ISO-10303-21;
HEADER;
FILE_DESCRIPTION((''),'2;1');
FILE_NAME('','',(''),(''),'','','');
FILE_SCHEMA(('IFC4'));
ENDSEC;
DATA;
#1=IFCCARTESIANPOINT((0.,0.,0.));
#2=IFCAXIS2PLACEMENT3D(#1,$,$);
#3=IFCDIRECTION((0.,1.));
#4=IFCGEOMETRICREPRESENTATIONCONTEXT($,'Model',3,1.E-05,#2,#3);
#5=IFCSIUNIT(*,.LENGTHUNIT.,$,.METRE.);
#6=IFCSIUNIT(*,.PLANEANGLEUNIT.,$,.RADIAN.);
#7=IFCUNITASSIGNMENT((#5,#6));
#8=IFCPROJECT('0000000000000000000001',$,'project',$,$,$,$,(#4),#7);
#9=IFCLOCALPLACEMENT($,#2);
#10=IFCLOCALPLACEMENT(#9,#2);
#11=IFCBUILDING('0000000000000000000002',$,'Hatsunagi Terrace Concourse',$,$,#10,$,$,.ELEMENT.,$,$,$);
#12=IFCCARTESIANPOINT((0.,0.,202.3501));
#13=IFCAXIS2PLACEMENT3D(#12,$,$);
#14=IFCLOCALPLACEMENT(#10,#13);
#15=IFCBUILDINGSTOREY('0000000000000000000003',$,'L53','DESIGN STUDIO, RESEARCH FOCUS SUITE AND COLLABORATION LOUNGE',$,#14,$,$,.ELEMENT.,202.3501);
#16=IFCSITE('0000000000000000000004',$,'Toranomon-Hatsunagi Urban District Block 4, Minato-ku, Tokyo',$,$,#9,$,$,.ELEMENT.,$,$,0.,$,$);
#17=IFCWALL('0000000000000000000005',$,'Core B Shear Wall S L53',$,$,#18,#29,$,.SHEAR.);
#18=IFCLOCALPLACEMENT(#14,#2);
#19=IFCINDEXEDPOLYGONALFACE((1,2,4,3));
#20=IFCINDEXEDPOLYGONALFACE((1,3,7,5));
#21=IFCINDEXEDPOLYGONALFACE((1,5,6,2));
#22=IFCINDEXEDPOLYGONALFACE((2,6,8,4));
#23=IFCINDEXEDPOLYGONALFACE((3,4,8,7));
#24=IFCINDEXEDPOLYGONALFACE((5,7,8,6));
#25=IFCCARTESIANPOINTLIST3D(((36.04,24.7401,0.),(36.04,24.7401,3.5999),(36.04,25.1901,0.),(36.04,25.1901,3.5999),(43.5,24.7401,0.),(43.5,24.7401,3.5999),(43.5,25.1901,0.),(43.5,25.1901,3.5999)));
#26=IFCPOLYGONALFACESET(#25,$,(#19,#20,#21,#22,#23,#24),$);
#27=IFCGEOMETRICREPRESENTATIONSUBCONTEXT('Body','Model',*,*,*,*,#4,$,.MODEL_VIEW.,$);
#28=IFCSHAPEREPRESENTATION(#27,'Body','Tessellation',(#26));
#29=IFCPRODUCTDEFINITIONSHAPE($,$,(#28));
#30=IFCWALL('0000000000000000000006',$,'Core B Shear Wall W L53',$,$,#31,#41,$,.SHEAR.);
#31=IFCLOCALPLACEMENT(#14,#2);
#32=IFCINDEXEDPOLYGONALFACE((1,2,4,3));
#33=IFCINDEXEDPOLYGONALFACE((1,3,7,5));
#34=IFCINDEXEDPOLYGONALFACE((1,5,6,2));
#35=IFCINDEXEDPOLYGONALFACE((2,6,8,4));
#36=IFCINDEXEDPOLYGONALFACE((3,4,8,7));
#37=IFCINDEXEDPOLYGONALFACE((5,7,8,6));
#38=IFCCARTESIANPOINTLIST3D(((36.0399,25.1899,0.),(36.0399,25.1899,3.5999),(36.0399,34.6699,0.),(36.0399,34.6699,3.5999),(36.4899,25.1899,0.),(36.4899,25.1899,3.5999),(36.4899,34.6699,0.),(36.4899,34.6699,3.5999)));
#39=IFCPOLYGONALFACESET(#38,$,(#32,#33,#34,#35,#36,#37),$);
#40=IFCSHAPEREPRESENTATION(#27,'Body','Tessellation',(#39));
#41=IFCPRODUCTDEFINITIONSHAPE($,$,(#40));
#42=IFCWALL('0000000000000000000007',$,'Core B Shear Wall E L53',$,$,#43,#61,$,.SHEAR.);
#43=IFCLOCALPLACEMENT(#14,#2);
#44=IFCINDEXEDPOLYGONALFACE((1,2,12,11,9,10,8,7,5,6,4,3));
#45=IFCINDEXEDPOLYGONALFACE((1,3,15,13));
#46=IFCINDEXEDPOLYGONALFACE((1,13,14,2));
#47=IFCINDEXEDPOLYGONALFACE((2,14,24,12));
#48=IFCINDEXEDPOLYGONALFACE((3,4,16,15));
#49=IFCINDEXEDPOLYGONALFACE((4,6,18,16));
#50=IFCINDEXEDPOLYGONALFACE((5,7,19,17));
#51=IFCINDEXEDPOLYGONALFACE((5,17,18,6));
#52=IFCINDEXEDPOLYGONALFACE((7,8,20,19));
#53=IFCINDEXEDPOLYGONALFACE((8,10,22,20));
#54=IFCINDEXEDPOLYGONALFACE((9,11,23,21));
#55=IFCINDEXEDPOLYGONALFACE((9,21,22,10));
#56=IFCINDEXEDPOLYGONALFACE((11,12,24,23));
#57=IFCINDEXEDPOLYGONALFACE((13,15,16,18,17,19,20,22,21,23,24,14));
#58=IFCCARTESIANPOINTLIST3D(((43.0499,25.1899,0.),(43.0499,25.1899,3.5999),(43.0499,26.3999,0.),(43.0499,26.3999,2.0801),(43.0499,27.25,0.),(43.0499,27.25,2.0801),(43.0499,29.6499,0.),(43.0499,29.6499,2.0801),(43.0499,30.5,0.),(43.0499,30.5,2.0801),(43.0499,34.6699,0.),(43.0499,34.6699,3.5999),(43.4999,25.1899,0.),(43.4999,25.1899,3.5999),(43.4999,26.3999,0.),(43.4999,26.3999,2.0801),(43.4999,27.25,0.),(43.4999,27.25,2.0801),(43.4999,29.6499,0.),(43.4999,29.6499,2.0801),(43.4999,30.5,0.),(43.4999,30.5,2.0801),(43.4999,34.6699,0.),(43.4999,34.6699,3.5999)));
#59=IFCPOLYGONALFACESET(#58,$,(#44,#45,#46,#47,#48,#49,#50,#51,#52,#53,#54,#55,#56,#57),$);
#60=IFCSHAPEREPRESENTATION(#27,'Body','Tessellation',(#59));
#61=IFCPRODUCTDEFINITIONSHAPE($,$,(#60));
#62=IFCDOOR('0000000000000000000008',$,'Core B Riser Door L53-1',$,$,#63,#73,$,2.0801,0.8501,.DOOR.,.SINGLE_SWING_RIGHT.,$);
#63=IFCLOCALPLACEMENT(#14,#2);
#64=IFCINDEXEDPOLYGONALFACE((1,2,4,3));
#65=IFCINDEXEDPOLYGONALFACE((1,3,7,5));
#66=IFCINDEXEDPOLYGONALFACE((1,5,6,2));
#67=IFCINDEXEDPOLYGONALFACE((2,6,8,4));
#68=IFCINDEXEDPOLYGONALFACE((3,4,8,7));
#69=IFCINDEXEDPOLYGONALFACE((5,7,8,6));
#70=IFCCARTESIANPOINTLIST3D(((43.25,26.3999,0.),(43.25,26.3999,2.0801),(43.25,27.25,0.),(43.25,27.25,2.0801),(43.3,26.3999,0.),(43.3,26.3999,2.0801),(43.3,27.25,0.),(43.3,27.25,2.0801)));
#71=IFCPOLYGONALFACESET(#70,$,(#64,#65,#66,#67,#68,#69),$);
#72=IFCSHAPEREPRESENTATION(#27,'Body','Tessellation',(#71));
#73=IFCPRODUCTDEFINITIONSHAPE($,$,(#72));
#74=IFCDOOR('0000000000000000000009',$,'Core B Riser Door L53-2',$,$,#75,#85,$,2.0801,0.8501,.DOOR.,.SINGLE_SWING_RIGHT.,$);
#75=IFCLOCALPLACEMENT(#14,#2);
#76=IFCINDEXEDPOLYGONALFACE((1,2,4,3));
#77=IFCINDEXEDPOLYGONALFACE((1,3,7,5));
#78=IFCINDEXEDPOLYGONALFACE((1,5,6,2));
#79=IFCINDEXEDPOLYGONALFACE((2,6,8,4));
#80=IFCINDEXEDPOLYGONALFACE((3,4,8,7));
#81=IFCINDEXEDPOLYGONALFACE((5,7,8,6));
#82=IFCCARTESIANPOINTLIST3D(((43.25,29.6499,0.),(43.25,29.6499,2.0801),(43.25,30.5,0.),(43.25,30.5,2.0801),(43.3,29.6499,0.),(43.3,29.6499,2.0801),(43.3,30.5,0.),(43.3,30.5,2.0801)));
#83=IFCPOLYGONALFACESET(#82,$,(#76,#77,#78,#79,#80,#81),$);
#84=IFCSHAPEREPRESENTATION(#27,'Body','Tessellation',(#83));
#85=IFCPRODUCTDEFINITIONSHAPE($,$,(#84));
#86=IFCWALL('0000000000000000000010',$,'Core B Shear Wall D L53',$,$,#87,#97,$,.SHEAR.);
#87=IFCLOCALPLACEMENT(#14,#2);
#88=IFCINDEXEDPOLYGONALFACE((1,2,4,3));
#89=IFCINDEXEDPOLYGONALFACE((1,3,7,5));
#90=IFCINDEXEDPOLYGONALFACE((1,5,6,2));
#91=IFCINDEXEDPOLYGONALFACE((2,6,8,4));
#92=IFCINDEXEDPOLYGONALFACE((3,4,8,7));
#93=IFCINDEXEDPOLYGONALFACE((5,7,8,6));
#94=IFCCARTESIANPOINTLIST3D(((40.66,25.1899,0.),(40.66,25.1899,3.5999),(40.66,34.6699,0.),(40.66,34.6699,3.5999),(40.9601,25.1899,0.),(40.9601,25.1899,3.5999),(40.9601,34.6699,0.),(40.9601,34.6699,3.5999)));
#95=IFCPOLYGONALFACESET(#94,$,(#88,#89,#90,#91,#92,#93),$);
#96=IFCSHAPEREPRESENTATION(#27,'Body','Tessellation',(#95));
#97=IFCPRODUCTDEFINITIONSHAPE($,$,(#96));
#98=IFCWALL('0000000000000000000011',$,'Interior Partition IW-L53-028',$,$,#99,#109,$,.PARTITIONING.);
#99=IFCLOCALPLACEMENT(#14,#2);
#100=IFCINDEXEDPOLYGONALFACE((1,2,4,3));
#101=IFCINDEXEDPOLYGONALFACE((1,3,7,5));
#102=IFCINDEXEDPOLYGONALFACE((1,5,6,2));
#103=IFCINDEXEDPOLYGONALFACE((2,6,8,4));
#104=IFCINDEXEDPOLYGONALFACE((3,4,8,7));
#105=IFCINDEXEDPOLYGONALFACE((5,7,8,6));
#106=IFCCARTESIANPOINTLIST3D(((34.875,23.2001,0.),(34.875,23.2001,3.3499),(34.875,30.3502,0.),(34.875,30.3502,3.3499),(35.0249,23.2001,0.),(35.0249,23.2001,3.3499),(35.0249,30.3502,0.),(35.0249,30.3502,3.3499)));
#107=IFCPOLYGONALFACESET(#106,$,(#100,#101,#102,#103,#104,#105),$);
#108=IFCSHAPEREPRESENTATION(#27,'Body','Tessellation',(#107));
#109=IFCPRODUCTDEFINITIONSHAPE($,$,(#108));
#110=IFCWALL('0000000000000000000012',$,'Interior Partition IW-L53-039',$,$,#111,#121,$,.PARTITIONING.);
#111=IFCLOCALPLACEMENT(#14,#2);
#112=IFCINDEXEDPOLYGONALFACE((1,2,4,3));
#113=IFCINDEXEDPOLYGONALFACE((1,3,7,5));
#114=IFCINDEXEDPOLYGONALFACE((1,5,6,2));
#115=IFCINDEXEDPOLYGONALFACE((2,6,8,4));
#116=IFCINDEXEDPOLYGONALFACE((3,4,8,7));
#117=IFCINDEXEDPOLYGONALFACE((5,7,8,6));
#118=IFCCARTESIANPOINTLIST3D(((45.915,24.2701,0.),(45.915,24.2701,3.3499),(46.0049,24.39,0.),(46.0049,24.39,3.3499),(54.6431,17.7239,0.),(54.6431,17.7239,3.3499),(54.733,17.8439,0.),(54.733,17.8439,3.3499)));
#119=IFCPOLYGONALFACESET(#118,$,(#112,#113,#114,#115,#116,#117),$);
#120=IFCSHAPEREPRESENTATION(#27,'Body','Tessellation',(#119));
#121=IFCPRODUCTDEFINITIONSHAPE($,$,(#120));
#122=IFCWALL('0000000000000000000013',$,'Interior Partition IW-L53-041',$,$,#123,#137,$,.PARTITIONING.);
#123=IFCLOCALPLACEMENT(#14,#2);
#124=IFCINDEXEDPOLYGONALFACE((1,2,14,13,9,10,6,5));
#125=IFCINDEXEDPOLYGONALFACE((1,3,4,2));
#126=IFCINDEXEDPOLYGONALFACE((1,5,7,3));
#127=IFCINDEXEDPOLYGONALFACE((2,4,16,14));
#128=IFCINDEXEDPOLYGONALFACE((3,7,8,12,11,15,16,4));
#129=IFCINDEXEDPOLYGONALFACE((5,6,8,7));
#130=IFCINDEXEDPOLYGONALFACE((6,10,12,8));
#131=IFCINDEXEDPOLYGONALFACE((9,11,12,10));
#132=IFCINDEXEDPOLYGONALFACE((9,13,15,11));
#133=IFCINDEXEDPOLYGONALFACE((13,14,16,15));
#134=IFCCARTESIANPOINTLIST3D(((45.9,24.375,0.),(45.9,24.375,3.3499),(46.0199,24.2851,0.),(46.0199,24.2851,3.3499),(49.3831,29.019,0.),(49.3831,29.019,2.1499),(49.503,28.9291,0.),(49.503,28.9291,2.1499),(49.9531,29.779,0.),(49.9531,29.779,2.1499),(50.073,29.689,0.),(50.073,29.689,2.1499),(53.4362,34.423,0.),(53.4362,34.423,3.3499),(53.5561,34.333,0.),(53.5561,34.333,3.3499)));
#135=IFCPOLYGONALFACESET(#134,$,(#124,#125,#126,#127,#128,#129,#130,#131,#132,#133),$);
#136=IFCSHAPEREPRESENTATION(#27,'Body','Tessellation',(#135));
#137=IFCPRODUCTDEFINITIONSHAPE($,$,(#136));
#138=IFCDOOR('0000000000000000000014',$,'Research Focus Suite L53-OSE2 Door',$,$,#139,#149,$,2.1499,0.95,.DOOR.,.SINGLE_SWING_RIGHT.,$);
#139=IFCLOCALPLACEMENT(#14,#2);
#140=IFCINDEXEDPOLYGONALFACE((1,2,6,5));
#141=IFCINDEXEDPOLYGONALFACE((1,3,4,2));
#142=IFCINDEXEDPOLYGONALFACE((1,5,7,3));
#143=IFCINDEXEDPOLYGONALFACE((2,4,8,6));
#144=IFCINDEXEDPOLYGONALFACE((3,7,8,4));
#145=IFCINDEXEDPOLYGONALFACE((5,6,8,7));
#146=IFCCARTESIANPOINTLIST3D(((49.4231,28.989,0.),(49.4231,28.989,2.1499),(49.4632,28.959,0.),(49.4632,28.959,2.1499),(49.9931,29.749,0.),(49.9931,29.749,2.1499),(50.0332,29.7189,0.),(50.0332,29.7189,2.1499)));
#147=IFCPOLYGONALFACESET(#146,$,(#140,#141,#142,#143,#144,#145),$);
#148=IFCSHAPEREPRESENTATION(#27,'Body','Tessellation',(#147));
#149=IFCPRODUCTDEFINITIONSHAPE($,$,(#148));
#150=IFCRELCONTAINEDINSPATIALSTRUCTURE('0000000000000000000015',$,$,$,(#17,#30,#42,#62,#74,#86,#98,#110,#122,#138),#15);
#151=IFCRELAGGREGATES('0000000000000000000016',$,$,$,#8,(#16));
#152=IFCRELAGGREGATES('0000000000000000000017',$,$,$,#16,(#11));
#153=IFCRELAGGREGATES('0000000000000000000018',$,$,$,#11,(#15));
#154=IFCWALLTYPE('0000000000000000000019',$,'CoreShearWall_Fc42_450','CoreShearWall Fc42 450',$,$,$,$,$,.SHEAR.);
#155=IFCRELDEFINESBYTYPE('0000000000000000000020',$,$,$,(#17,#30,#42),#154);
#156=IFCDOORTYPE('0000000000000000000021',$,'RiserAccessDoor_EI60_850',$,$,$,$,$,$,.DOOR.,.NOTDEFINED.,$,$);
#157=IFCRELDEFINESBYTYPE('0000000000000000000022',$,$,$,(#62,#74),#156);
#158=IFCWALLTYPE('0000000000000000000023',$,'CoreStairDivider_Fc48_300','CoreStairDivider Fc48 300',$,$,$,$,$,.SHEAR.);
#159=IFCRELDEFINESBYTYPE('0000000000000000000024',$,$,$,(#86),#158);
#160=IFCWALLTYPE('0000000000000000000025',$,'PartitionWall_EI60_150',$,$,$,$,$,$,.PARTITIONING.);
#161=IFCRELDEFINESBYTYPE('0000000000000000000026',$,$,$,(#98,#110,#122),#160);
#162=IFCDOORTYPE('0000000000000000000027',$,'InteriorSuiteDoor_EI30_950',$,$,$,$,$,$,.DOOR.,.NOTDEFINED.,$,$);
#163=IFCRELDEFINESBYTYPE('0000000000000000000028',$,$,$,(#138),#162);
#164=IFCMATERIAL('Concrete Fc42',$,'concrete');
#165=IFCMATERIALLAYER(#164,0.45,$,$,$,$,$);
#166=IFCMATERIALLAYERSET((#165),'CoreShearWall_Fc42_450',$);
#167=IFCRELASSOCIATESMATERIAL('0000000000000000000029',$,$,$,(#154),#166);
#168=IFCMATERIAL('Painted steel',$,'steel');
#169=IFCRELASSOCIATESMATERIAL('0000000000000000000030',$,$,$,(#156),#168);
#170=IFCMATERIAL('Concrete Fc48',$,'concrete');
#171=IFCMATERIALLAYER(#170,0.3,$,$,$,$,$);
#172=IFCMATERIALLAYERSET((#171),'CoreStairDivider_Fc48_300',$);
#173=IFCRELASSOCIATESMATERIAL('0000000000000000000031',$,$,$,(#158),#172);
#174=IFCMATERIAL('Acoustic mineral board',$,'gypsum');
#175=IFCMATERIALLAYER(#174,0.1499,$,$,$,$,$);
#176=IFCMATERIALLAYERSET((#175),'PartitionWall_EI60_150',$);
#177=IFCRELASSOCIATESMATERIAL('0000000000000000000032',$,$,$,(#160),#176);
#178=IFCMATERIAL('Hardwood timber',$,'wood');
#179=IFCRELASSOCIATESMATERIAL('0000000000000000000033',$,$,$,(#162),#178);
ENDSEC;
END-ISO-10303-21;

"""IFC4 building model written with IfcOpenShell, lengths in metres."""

from ifc_helpers import new_model, si_unit, direction, frame, frame_2d, origin, place, context, subcontext, project, spatial, rectangle, extrude, material, layer, layer_set, type_object, element, fill, save


model = new_model("IFC4")

# Units and contexts
model_context = context("Model", 3, precision=1e-05, world=origin(), true_north=direction((0.0, 1.0)))
body_context = subcontext(model_context, "Body", "Model", "MODEL_VIEW")
ifc_project = project(units=[si_unit("LENGTHUNIT", "METRE"), si_unit("PLANEANGLEUNIT", "RADIAN")], contexts=[model_context])

# Site, building, storey
site_placement = place(None, origin())
site = spatial("IfcSite", under=ifc_project, at=site_placement, Name="Toranomon-Hatsunagi Urban District Block 4, Minato-ku, Tokyo", CompositionType="ELEMENT", RefElevation=0.0)
building_placement = place(site_placement, origin())
building = spatial("IfcBuilding", under=site, at=building_placement, Name="Hatsunagi Terrace Concourse", CompositionType="ELEMENT")
storey_placement = place(building_placement, frame((0.0, 0.0, 202.3501)))
storey = spatial("IfcBuildingStorey", under=building, at=storey_placement, Name="L53", Description="DESIGN STUDIO, RESEARCH FOCUS SUITE AND COLLABORATION LOUNGE", CompositionType="ELEMENT", Elevation=202.3501)

# Walls
ifc_material_1 = material(Name="Concrete Fc42", Category="concrete")
ifc_layer_1 = layer(ifc_material_1, 0.45)
ifc_layer_set_1 = layer_set([ifc_layer_1], Name="CoreShearWall_Fc42_450")
wall_type_1 = type_object("IfcWallType", Name="CoreShearWall_Fc42_450", Description="CoreShearWall Fc42 450", PredefinedType="SHEAR", material=ifc_layer_set_1)
wall_1_placement = place(storey_placement, frame((36.04, 24.9651, 0.0), z_axis=(0.0, 0.0, 1.0), x_axis=(1.0, 0.0, 0.0)))
element("IfcWall", 1, at=wall_1_placement, inside=storey, type_object=wall_type_1, Name="Core B Shear Wall S L53", PredefinedType="SHEAR", context=body_context, shape_type="SweptSolid", body=[
    extrude(rectangle(XDim=7.46, YDim=0.45, at=frame_2d((3.73, 0.0))), origin(), (0.0, 0.0, 1.0), 3.5999),
])
wall_2_placement = place(storey_placement, frame((36.2649, 25.1899, 0.0), z_axis=(0.0, 0.0, 1.0), x_axis=(0.0, 1.0, 0.0)))
element("IfcWall", 2, at=wall_2_placement, inside=storey, type_object=wall_type_1, Name="Core B Shear Wall W L53", PredefinedType="SHEAR", context=body_context, shape_type="SweptSolid", body=[
    extrude(rectangle(XDim=9.48, YDim=0.45, at=frame_2d((4.74, 0.0))), origin(), (0.0, 0.0, 1.0), 3.5999),
])

# Wall, openings, doors
wall_3_placement = place(storey_placement, frame((43.2749, 25.1899, 0.0), z_axis=(0.0, 0.0, 1.0), x_axis=(0.0, 1.0, 0.0)))
wall_3 = element("IfcWall", 3, at=wall_3_placement, inside=storey, type_object=wall_type_1, Name="Core B Shear Wall E L53", PredefinedType="SHEAR", context=body_context, shape_type="SweptSolid", body=[
    extrude(rectangle(XDim=9.48, YDim=0.45, at=frame_2d((4.74, 0.0))), origin(), (0.0, 0.0, 1.0), 3.5999),
])
opening_1_placement = place(wall_3_placement, frame((1.21, 0.0, 0.0)))
opening_1 = element("IfcOpeningElement", 4, at=opening_1_placement, cuts=wall_3, PredefinedType="OPENING", context=body_context, shape_type="SweptSolid", body=[
    extrude(rectangle(XDim=0.8501, YDim=2.0801, at=frame_2d((0.425, 1.04))), frame((0.0, 0.2349, 0.0), z_axis=(0.0, -1.0, 0.0), x_axis=(1.0, 0.0, 0.0)), (0.0, 0.0, 1.0), 0.47),
])
opening_2_placement = place(wall_3_placement, frame((4.46, 0.0, 0.0)))
opening_2 = element("IfcOpeningElement", 5, at=opening_2_placement, cuts=wall_3, PredefinedType="OPENING", context=body_context, shape_type="SweptSolid", body=[
    extrude(rectangle(XDim=0.8501, YDim=2.0801, at=frame_2d((0.425, 1.04))), frame((0.0, 0.2349, 0.0), z_axis=(0.0, -1.0, 0.0), x_axis=(1.0, 0.0, 0.0)), (0.0, 0.0, 1.0), 0.47),
])
ifc_material_2 = material(Name="Painted steel", Category="steel")
door_type_1 = type_object("IfcDoorType", Name="RiserAccessDoor_EI60_850", OperationType="NOTDEFINED", PredefinedType="DOOR", material=ifc_material_2)
door_1_placement = place(opening_1_placement, origin())
door_1 = element("IfcDoor", 6, at=door_1_placement, inside=storey, type_object=door_type_1, Name="Core B Riser Door L53-1", OperationType="SINGLE_SWING_RIGHT", OverallHeight=2.0801, OverallWidth=0.8501, PredefinedType="DOOR", context=body_context, shape_type="SweptSolid", body=[
    extrude(rectangle(XDim=0.8501, YDim=2.0801, at=frame_2d((0.425, 1.04))), frame((0.0, 0.0249, 0.0), z_axis=(0.0, -1.0, 0.0), x_axis=(1.0, 0.0, 0.0)), (0.0, 0.0, 1.0), 0.05),
])
fill(opening_1, door_1)
door_2_placement = place(opening_2_placement, origin())
door_2 = element("IfcDoor", 7, at=door_2_placement, inside=storey, type_object=door_type_1, Name="Core B Riser Door L53-2", OperationType="SINGLE_SWING_RIGHT", OverallHeight=2.0801, OverallWidth=0.8501, PredefinedType="DOOR", context=body_context, shape_type="SweptSolid", body=[
    extrude(rectangle(XDim=0.8501, YDim=2.0801, at=frame_2d((0.425, 1.04))), frame((0.0, 0.0249, 0.0), z_axis=(0.0, -1.0, 0.0), x_axis=(1.0, 0.0, 0.0)), (0.0, 0.0, 1.0), 0.05),
])
fill(opening_2, door_2)

# Walls
ifc_material_3 = material(Name="Concrete Fc48", Category="concrete")
ifc_layer_2 = layer(ifc_material_3, 0.3)
ifc_layer_set_2 = layer_set([ifc_layer_2], Name="CoreStairDivider_Fc48_300")
wall_type_2 = type_object("IfcWallType", Name="CoreStairDivider_Fc48_300", Description="CoreStairDivider Fc48 300", PredefinedType="SHEAR", material=ifc_layer_set_2)
wall_4_placement = place(storey_placement, frame((40.8101, 25.1899, 0.0), z_axis=(0.0, 0.0, 1.0), x_axis=(0.0, 1.0, 0.0)))
element("IfcWall", 8, at=wall_4_placement, inside=storey, type_object=wall_type_2, Name="Core B Shear Wall D L53", PredefinedType="SHEAR", context=body_context, shape_type="SweptSolid", body=[
    extrude(rectangle(XDim=9.48, YDim=0.3, at=frame_2d((4.74, 0.0))), origin(), (0.0, 0.0, 1.0), 3.5999),
])
ifc_material_4 = material(Name="Acoustic mineral board", Category="gypsum")
ifc_layer_3 = layer(ifc_material_4, 0.1499)
ifc_layer_set_3 = layer_set([ifc_layer_3], Name="PartitionWall_EI60_150")
wall_type_3 = type_object("IfcWallType", Name="PartitionWall_EI60_150", PredefinedType="PARTITIONING", material=ifc_layer_set_3)
wall_5_placement = place(storey_placement, frame((34.95, 23.2, 0.0), z_axis=(0.0, 0.0, 1.0), x_axis=(0.0, 1.0, 0.0)))
element("IfcWall", 9, at=wall_5_placement, inside=storey, type_object=wall_type_3, Name="Interior Partition IW-L53-028", PredefinedType="PARTITIONING", context=body_context, shape_type="SweptSolid", body=[
    extrude(rectangle(XDim=7.1501, YDim=0.1499, at=frame_2d((3.5752, 0.0))), origin(), (0.0, 0.0, 1.0), 3.3499),
])
wall_6_placement = place(storey_placement, frame((45.96, 24.3301, 0.0), z_axis=(0.0, 0.0, 1.0), x_axis=(0.799995, -0.600007, 0.0)))
element("IfcWall", 10, at=wall_6_placement, inside=storey, type_object=wall_type_3, Name="Interior Partition IW-L53-039", PredefinedType="PARTITIONING", context=body_context, shape_type="SweptSolid", body=[
    extrude(rectangle(XDim=10.9102, YDim=0.1499, at=frame_2d((5.4551, 0.0))), origin(), (0.0, 0.0, 1.0), 3.3499),
])

# Wall, opening, door
wall_7_placement = place(storey_placement, frame((45.96, 24.3301, 0.0), z_axis=(0.0, 0.0, 1.0), x_axis=(0.600012, 0.799991, 0.0)))
wall_7 = element("IfcWall", 11, at=wall_7_placement, inside=storey, type_object=wall_type_3, Name="Interior Partition IW-L53-041", PredefinedType="PARTITIONING", context=body_context, shape_type="SweptSolid", body=[
    extrude(rectangle(XDim=12.5601, YDim=0.1499, at=frame_2d((6.28, 0.0))), origin(), (0.0, 0.0, 1.0), 3.3499),
])
opening_3_placement = place(wall_7_placement, frame((5.8049, 0.0, 0.0)))
opening_3 = element("IfcOpeningElement", 12, at=opening_3_placement, cuts=wall_7, PredefinedType="OPENING", context=body_context, shape_type="SweptSolid", body=[
    extrude(rectangle(XDim=0.95, YDim=2.1499, at=frame_2d((0.4751, 1.075))), frame((0.0, 0.085, 0.0), z_axis=(0.0, -1.0, 0.0), x_axis=(1.0, 0.0, 0.0)), (0.0, 0.0, 1.0), 0.1699),
])
ifc_material_5 = material(Name="Hardwood timber", Category="wood")
door_type_2 = type_object("IfcDoorType", Name="InteriorSuiteDoor_EI30_950", OperationType="NOTDEFINED", PredefinedType="DOOR", material=ifc_material_5)
door_3_placement = place(opening_3_placement, origin())
door_3 = element("IfcDoor", 13, at=door_3_placement, inside=storey, type_object=door_type_2, Name="Research Focus Suite L53-OSE2 Door", OperationType="SINGLE_SWING_RIGHT", OverallHeight=2.1499, OverallWidth=0.95, PredefinedType="DOOR", context=body_context, shape_type="SweptSolid", body=[
    extrude(rectangle(XDim=0.95, YDim=2.1499, at=frame_2d((0.4751, 1.075))), frame((0.0, 0.0249, 0.0), z_axis=(0.0, -1.0, 0.0), x_axis=(1.0, 0.0, 0.0)), (0.0, 0.0, 1.0), 0.05),
])
fill(opening_3, door_3)

save(model, "model.ifc")
